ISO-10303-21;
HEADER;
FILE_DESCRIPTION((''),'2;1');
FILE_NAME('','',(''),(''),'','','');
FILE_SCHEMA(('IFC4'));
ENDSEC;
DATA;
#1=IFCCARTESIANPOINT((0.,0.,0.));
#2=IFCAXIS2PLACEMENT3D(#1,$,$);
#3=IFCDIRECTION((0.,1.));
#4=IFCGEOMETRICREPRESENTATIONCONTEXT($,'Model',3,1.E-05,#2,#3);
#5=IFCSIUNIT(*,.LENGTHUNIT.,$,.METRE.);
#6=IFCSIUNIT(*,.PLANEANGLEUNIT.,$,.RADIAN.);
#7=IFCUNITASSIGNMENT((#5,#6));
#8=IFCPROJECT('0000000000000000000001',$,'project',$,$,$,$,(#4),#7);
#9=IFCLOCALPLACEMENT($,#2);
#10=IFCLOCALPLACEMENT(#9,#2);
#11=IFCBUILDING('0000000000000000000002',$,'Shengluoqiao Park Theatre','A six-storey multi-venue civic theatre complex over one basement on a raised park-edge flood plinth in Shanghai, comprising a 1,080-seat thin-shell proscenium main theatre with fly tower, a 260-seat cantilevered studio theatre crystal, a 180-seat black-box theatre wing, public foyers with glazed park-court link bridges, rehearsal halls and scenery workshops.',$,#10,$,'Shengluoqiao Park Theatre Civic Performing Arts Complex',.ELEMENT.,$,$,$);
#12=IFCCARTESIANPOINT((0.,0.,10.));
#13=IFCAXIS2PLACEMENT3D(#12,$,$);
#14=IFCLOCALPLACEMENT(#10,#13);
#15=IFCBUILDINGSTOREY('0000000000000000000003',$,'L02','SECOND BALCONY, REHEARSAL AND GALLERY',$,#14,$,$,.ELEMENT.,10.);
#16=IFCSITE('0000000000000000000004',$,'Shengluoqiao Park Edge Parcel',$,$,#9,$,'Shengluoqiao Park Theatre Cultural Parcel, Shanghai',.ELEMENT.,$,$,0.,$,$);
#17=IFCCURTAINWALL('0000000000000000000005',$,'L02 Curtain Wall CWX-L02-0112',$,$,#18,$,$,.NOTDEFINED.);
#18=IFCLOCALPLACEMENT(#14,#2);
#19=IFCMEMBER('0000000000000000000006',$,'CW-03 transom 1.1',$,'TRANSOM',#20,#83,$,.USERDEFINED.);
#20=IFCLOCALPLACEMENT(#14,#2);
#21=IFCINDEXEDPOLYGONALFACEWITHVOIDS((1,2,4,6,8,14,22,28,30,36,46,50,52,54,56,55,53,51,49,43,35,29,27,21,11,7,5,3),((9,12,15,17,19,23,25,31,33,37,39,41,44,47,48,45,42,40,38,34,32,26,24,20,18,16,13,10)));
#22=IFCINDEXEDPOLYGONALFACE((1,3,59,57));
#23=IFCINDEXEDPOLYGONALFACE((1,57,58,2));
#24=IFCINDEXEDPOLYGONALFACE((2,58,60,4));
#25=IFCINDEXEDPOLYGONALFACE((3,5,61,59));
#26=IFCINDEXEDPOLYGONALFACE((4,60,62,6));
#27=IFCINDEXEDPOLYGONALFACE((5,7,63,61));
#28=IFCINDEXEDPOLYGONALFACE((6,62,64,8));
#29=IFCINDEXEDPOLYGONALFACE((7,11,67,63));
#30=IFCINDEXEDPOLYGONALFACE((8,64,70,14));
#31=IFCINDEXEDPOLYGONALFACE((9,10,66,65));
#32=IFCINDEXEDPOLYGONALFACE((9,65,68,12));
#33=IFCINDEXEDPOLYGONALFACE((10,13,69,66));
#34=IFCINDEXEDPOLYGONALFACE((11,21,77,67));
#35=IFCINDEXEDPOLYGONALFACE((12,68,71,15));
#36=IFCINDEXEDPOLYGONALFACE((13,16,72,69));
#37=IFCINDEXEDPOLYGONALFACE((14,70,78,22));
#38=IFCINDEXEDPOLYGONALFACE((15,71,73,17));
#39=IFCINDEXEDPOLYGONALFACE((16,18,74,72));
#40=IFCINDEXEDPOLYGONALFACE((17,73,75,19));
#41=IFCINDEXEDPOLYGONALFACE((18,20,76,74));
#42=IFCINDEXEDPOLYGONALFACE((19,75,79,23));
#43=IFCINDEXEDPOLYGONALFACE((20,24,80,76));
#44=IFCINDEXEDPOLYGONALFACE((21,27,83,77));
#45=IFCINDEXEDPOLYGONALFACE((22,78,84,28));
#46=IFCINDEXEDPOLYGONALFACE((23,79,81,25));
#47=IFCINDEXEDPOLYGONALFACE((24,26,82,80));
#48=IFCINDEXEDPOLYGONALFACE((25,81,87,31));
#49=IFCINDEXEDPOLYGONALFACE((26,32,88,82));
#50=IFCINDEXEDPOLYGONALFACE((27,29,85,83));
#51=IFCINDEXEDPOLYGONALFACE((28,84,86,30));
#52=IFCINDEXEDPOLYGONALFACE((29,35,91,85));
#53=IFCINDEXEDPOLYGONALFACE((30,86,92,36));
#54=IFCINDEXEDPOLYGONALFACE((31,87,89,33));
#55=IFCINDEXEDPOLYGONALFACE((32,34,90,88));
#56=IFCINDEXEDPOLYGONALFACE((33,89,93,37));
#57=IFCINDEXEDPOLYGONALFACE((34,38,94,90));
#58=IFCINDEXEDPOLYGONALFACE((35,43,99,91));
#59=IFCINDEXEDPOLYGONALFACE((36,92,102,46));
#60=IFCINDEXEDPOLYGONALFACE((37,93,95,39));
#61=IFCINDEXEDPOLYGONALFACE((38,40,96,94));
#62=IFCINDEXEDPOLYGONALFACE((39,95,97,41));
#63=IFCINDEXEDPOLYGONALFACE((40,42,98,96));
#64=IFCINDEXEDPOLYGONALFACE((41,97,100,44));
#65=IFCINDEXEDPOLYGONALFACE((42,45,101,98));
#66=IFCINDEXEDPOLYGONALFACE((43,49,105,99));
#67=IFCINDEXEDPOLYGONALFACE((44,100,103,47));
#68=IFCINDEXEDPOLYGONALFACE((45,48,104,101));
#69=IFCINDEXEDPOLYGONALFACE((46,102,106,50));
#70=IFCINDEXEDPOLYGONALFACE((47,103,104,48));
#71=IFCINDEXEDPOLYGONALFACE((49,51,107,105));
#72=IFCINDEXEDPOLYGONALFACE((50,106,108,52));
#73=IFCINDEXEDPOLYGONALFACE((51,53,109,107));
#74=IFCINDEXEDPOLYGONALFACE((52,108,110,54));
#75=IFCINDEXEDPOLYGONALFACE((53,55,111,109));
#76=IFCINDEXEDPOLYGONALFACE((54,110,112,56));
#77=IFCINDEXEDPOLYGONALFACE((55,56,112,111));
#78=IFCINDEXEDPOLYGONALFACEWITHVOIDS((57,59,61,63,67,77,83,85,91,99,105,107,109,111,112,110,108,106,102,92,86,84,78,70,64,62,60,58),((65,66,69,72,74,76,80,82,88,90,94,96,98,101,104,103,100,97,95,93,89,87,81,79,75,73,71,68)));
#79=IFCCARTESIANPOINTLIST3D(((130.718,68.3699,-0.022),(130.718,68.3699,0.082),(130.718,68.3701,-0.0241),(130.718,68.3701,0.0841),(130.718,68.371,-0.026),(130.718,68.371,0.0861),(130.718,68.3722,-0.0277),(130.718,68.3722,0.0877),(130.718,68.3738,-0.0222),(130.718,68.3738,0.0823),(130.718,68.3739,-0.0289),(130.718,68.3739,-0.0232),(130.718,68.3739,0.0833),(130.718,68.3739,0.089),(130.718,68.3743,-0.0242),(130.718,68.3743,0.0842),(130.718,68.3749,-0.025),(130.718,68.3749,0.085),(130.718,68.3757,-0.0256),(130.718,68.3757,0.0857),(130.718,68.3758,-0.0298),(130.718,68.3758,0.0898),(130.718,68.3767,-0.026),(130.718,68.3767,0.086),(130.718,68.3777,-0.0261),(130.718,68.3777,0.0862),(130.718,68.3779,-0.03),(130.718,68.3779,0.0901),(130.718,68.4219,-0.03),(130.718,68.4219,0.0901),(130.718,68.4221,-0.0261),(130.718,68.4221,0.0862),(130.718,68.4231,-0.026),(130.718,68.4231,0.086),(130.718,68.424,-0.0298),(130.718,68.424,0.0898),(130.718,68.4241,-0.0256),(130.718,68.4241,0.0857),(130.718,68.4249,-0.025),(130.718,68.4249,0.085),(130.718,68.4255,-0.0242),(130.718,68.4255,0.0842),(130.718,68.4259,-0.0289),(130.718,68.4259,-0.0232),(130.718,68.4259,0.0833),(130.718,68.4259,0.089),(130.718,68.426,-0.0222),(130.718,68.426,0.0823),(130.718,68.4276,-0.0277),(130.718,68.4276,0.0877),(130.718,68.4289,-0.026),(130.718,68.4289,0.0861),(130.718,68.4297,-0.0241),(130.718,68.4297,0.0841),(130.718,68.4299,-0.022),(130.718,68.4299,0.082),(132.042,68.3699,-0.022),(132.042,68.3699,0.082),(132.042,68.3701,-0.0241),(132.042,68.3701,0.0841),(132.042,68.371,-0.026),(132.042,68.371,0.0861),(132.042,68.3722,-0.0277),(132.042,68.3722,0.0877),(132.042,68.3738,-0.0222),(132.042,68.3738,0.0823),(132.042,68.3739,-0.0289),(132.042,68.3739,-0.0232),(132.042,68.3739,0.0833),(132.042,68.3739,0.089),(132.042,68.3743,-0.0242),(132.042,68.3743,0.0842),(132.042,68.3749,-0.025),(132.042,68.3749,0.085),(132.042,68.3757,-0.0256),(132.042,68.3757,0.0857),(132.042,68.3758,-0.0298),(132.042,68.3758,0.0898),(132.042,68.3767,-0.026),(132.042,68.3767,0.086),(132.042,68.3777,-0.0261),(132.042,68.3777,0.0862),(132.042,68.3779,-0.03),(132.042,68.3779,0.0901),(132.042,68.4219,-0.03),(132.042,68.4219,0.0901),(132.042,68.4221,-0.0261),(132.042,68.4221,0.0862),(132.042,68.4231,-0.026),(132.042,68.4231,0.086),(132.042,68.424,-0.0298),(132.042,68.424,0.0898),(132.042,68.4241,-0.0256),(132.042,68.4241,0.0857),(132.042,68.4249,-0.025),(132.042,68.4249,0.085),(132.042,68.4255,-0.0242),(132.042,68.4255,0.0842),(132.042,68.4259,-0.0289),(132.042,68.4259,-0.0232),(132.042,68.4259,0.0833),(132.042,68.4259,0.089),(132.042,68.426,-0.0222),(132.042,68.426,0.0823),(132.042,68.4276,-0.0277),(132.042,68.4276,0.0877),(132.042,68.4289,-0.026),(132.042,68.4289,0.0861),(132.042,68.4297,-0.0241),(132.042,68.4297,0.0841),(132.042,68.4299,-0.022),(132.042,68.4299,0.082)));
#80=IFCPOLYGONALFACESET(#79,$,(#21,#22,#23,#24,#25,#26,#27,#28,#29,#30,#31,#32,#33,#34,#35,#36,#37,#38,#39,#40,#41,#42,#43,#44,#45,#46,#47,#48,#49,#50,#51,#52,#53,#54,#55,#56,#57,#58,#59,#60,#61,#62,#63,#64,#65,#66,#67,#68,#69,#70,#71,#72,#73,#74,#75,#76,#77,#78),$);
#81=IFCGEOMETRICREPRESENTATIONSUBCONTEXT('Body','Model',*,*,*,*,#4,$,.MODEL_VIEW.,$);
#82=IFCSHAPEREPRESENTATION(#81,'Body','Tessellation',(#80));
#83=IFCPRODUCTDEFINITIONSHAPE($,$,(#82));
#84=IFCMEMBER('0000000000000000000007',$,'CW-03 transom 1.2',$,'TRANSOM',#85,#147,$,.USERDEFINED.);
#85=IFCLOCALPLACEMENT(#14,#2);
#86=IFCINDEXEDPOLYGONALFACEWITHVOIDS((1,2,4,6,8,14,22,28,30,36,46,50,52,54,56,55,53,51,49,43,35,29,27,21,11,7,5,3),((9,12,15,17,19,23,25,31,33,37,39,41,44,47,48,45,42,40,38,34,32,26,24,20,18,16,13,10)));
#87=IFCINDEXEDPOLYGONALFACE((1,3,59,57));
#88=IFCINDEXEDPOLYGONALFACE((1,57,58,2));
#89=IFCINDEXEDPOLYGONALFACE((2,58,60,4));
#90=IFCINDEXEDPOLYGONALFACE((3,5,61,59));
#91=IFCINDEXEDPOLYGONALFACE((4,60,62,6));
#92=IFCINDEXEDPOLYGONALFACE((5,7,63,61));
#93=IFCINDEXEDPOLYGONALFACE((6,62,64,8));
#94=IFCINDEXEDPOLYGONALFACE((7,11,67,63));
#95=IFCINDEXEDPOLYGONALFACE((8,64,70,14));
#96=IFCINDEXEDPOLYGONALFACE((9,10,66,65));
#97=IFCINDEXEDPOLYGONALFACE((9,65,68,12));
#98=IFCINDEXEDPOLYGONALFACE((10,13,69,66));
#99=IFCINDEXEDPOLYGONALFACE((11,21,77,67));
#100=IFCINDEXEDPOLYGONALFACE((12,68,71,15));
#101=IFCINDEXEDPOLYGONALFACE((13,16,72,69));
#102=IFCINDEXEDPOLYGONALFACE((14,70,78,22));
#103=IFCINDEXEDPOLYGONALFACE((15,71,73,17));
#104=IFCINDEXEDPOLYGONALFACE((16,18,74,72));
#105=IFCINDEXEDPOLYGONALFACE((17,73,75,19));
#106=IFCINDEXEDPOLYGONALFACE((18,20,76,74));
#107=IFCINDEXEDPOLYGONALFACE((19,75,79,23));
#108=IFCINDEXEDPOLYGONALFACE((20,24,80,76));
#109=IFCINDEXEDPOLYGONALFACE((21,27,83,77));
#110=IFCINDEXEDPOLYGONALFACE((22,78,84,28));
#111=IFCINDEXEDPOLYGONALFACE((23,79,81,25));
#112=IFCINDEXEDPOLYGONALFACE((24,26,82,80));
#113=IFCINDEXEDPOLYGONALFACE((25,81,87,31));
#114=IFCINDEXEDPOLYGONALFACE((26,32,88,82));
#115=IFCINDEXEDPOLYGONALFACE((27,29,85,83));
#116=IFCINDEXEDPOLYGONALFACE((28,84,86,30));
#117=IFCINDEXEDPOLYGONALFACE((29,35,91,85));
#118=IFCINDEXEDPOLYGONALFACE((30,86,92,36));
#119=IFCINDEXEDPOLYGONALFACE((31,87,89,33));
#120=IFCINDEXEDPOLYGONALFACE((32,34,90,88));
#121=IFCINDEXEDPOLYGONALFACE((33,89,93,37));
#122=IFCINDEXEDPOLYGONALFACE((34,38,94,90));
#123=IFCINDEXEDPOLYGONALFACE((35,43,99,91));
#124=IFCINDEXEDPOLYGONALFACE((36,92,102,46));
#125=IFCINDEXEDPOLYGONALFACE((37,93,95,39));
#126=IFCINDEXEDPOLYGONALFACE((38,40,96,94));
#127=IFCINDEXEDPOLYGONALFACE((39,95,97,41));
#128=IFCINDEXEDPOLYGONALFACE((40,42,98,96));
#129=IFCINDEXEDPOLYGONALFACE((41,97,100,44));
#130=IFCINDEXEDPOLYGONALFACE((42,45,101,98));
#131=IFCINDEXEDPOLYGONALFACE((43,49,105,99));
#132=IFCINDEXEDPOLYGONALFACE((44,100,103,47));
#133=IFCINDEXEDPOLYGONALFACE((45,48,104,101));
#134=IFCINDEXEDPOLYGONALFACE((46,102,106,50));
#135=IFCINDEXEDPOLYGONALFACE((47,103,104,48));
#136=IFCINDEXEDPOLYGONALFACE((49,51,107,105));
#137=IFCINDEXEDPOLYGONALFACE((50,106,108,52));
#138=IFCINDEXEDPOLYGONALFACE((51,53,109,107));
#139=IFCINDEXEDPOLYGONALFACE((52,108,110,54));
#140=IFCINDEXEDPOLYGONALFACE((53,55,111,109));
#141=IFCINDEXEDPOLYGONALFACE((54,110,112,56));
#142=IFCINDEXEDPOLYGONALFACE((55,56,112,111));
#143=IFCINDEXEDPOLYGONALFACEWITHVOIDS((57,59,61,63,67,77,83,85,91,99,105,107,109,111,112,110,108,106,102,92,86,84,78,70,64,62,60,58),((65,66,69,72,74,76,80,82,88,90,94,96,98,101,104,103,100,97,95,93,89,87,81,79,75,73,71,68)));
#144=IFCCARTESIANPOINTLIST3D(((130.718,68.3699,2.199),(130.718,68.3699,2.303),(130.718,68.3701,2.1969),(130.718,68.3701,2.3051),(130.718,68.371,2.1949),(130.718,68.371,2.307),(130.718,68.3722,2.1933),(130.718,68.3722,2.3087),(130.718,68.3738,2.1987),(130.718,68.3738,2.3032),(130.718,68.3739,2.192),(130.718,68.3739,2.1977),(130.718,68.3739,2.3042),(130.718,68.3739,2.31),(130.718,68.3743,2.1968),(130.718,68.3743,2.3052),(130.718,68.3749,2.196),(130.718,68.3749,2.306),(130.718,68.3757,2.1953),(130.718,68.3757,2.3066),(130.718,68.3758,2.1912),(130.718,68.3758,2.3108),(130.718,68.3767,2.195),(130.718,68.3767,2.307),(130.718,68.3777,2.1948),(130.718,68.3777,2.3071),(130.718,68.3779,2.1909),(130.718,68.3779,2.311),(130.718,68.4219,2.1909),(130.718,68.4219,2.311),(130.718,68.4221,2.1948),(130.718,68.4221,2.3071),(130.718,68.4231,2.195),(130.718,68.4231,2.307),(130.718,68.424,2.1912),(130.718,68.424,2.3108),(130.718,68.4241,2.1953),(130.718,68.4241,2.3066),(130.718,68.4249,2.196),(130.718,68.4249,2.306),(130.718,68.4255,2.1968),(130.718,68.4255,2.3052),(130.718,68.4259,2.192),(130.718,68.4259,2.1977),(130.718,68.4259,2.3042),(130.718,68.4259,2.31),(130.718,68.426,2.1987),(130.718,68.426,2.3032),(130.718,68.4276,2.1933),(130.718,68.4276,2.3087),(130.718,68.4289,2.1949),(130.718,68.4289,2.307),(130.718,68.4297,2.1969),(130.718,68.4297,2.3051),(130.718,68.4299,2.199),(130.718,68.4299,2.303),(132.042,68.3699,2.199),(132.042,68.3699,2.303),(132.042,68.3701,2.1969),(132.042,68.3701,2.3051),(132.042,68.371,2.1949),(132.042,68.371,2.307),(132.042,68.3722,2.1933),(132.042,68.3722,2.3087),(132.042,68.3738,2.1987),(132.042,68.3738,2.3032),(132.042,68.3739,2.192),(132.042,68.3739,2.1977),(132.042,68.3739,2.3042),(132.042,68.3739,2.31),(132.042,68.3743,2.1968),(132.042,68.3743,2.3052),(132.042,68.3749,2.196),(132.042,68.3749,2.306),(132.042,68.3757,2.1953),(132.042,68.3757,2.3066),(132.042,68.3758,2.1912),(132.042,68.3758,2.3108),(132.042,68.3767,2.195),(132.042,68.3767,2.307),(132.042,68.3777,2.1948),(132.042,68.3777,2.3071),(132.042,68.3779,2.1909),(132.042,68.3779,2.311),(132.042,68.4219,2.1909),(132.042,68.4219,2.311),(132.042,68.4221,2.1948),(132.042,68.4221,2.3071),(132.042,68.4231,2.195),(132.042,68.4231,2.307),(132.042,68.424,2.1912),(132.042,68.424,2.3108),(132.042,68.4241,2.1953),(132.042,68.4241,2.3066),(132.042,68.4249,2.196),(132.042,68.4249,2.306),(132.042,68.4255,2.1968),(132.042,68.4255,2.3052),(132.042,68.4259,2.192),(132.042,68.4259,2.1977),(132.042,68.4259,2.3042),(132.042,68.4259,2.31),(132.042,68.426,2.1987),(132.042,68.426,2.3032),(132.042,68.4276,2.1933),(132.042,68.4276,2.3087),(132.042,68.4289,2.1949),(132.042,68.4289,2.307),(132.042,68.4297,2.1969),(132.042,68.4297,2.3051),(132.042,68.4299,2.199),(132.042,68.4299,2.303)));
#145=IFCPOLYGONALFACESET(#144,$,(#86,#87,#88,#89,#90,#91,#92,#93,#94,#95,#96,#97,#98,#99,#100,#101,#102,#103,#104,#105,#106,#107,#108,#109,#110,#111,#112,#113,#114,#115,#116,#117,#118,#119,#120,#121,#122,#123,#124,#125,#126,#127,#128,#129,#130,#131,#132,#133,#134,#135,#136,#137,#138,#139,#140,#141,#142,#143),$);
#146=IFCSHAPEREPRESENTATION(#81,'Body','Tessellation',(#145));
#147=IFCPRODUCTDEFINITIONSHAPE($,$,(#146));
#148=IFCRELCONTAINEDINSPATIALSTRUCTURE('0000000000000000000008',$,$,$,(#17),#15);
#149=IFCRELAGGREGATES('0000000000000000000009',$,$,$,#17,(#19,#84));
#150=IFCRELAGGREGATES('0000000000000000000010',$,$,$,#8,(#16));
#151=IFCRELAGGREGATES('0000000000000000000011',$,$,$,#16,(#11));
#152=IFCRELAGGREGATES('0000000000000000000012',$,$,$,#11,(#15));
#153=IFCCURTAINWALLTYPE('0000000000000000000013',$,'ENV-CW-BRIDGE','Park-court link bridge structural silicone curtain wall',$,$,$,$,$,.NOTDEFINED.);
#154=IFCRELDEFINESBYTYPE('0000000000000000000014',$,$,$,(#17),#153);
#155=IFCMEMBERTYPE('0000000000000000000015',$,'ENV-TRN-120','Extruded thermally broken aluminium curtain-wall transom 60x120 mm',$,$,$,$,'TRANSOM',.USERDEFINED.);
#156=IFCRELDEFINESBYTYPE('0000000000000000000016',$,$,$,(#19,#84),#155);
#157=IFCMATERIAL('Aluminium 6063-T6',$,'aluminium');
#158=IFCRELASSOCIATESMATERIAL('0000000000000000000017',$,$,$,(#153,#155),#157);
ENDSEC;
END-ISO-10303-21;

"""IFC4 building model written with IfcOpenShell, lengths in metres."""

from ifc_helpers import new_model, si_unit, direction, frame, origin, origin_2d, place, context, subcontext, project, spatial, hollow_rectangle, extrude, material, material_profile, profile_set, type_object, element, aggregate, save


model = new_model("IFC4")

# Units and contexts
model_context = context("Model", 3, precision=1e-05, world=origin(), true_north=direction((0.0, 1.0)))
body_context = subcontext(model_context, "Body", "Model", "MODEL_VIEW")
ifc_project = project(units=[si_unit("LENGTHUNIT", "METRE"), si_unit("PLANEANGLEUNIT", "RADIAN")], contexts=[model_context])

# Site, building, storey
site_placement = place(None, origin())
site = spatial("IfcSite", under=ifc_project, at=site_placement, Name="Shengluoqiao Park Edge Parcel", LongName="Shengluoqiao Park Theatre Cultural Parcel, Shanghai", CompositionType="ELEMENT", RefElevation=0.0)
building_placement = place(site_placement, origin())
building = spatial("IfcBuilding", under=site, at=building_placement, Name="Shengluoqiao Park Theatre", Description="A six-storey multi-venue civic theatre complex over one basement on a raised park-edge flood plinth in Shanghai, comprising a 1,080-seat thin-shell proscenium main theatre with fly tower, a 260-seat cantilevered studio theatre crystal, a 180-seat black-box theatre wing, public foyers with glazed park-court link bridges, rehearsal halls and scenery workshops.", LongName="Shengluoqiao Park Theatre Civic Performing Arts Complex", CompositionType="ELEMENT")
storey_placement = place(building_placement, frame((0.0, 0.0, 10.0)))
storey = spatial("IfcBuildingStorey", under=building, at=storey_placement, Name="L02", Description="SECOND BALCONY, REHEARSAL AND GALLERY", CompositionType="ELEMENT", Elevation=10.0)

# Curtain wall
ifc_material_1 = material(Name="Aluminium 6063-T6", Category="aluminium")
curtain_wall_type = type_object("IfcCurtainWallType", Name="ENV-CW-BRIDGE", Description="Park-court link bridge structural silicone curtain wall", PredefinedType="NOTDEFINED", material=ifc_material_1)
curtain_wall_1_placement = place(storey_placement, origin())
curtain_wall_1 = element("IfcCurtainWall", 1, at=curtain_wall_1_placement, inside=storey, type_object=curtain_wall_type, Name="L02 Curtain Wall CWX-L02-0112", PredefinedType="NOTDEFINED")

# Members
ifc_material_profile_1 = material_profile(ifc_material_1, hollow_rectangle(XDim=0.0601, YDim=0.1201, WallThickness=0.0039, InnerFilletRadius=0.0039, OuterFilletRadius=0.0081, at=origin_2d()), Name="ALU TRANSOM 120x60x4")
ifc_profile_set_1 = profile_set([ifc_material_profile_1], Name="Aluminium 6063-T6")
member_type_1 = type_object("IfcMemberType", Name="ENV-TRN-120", Description="Extruded thermally broken aluminium curtain-wall transom 60x120 mm", ElementType="TRANSOM", PredefinedType="USERDEFINED", material=ifc_profile_set_1)
member_1_placement = place(storey_placement, frame((130.718, 68.3999, 0.03), z_axis=(1.0, 0.0, 0.0), x_axis=(0.0, 1.0, 0.0)))
member_1 = element("IfcMember", 2, at=member_1_placement, type_object=member_type_1, Name="CW-03 transom 1.1", ObjectType="TRANSOM", PredefinedType="USERDEFINED", context=body_context, shape_type="SweptSolid", body=[
    extrude(hollow_rectangle(XDim=0.0601, YDim=0.1201, WallThickness=0.0039, InnerFilletRadius=0.0039, OuterFilletRadius=0.0081, at=origin_2d()), origin(), (0.0, 0.0, 1.0), 1.324),
])
member_2_placement = place(storey_placement, frame((130.718, 68.3999, 2.251), z_axis=(1.0, 0.0, 0.0), x_axis=(0.0, 1.0, 0.0)))
member_2 = element("IfcMember", 3, at=member_2_placement, type_object=member_type_1, Name="CW-03 transom 1.2", ObjectType="TRANSOM", PredefinedType="USERDEFINED", context=body_context, shape_type="SweptSolid", body=[
    extrude(hollow_rectangle(XDim=0.0601, YDim=0.1201, WallThickness=0.0039, InnerFilletRadius=0.0039, OuterFilletRadius=0.0081, at=origin_2d()), origin(), (0.0, 0.0, 1.0), 1.324),
])

aggregate(curtain_wall_1, [member_1, member_2])

save(model, "model.ifc")
